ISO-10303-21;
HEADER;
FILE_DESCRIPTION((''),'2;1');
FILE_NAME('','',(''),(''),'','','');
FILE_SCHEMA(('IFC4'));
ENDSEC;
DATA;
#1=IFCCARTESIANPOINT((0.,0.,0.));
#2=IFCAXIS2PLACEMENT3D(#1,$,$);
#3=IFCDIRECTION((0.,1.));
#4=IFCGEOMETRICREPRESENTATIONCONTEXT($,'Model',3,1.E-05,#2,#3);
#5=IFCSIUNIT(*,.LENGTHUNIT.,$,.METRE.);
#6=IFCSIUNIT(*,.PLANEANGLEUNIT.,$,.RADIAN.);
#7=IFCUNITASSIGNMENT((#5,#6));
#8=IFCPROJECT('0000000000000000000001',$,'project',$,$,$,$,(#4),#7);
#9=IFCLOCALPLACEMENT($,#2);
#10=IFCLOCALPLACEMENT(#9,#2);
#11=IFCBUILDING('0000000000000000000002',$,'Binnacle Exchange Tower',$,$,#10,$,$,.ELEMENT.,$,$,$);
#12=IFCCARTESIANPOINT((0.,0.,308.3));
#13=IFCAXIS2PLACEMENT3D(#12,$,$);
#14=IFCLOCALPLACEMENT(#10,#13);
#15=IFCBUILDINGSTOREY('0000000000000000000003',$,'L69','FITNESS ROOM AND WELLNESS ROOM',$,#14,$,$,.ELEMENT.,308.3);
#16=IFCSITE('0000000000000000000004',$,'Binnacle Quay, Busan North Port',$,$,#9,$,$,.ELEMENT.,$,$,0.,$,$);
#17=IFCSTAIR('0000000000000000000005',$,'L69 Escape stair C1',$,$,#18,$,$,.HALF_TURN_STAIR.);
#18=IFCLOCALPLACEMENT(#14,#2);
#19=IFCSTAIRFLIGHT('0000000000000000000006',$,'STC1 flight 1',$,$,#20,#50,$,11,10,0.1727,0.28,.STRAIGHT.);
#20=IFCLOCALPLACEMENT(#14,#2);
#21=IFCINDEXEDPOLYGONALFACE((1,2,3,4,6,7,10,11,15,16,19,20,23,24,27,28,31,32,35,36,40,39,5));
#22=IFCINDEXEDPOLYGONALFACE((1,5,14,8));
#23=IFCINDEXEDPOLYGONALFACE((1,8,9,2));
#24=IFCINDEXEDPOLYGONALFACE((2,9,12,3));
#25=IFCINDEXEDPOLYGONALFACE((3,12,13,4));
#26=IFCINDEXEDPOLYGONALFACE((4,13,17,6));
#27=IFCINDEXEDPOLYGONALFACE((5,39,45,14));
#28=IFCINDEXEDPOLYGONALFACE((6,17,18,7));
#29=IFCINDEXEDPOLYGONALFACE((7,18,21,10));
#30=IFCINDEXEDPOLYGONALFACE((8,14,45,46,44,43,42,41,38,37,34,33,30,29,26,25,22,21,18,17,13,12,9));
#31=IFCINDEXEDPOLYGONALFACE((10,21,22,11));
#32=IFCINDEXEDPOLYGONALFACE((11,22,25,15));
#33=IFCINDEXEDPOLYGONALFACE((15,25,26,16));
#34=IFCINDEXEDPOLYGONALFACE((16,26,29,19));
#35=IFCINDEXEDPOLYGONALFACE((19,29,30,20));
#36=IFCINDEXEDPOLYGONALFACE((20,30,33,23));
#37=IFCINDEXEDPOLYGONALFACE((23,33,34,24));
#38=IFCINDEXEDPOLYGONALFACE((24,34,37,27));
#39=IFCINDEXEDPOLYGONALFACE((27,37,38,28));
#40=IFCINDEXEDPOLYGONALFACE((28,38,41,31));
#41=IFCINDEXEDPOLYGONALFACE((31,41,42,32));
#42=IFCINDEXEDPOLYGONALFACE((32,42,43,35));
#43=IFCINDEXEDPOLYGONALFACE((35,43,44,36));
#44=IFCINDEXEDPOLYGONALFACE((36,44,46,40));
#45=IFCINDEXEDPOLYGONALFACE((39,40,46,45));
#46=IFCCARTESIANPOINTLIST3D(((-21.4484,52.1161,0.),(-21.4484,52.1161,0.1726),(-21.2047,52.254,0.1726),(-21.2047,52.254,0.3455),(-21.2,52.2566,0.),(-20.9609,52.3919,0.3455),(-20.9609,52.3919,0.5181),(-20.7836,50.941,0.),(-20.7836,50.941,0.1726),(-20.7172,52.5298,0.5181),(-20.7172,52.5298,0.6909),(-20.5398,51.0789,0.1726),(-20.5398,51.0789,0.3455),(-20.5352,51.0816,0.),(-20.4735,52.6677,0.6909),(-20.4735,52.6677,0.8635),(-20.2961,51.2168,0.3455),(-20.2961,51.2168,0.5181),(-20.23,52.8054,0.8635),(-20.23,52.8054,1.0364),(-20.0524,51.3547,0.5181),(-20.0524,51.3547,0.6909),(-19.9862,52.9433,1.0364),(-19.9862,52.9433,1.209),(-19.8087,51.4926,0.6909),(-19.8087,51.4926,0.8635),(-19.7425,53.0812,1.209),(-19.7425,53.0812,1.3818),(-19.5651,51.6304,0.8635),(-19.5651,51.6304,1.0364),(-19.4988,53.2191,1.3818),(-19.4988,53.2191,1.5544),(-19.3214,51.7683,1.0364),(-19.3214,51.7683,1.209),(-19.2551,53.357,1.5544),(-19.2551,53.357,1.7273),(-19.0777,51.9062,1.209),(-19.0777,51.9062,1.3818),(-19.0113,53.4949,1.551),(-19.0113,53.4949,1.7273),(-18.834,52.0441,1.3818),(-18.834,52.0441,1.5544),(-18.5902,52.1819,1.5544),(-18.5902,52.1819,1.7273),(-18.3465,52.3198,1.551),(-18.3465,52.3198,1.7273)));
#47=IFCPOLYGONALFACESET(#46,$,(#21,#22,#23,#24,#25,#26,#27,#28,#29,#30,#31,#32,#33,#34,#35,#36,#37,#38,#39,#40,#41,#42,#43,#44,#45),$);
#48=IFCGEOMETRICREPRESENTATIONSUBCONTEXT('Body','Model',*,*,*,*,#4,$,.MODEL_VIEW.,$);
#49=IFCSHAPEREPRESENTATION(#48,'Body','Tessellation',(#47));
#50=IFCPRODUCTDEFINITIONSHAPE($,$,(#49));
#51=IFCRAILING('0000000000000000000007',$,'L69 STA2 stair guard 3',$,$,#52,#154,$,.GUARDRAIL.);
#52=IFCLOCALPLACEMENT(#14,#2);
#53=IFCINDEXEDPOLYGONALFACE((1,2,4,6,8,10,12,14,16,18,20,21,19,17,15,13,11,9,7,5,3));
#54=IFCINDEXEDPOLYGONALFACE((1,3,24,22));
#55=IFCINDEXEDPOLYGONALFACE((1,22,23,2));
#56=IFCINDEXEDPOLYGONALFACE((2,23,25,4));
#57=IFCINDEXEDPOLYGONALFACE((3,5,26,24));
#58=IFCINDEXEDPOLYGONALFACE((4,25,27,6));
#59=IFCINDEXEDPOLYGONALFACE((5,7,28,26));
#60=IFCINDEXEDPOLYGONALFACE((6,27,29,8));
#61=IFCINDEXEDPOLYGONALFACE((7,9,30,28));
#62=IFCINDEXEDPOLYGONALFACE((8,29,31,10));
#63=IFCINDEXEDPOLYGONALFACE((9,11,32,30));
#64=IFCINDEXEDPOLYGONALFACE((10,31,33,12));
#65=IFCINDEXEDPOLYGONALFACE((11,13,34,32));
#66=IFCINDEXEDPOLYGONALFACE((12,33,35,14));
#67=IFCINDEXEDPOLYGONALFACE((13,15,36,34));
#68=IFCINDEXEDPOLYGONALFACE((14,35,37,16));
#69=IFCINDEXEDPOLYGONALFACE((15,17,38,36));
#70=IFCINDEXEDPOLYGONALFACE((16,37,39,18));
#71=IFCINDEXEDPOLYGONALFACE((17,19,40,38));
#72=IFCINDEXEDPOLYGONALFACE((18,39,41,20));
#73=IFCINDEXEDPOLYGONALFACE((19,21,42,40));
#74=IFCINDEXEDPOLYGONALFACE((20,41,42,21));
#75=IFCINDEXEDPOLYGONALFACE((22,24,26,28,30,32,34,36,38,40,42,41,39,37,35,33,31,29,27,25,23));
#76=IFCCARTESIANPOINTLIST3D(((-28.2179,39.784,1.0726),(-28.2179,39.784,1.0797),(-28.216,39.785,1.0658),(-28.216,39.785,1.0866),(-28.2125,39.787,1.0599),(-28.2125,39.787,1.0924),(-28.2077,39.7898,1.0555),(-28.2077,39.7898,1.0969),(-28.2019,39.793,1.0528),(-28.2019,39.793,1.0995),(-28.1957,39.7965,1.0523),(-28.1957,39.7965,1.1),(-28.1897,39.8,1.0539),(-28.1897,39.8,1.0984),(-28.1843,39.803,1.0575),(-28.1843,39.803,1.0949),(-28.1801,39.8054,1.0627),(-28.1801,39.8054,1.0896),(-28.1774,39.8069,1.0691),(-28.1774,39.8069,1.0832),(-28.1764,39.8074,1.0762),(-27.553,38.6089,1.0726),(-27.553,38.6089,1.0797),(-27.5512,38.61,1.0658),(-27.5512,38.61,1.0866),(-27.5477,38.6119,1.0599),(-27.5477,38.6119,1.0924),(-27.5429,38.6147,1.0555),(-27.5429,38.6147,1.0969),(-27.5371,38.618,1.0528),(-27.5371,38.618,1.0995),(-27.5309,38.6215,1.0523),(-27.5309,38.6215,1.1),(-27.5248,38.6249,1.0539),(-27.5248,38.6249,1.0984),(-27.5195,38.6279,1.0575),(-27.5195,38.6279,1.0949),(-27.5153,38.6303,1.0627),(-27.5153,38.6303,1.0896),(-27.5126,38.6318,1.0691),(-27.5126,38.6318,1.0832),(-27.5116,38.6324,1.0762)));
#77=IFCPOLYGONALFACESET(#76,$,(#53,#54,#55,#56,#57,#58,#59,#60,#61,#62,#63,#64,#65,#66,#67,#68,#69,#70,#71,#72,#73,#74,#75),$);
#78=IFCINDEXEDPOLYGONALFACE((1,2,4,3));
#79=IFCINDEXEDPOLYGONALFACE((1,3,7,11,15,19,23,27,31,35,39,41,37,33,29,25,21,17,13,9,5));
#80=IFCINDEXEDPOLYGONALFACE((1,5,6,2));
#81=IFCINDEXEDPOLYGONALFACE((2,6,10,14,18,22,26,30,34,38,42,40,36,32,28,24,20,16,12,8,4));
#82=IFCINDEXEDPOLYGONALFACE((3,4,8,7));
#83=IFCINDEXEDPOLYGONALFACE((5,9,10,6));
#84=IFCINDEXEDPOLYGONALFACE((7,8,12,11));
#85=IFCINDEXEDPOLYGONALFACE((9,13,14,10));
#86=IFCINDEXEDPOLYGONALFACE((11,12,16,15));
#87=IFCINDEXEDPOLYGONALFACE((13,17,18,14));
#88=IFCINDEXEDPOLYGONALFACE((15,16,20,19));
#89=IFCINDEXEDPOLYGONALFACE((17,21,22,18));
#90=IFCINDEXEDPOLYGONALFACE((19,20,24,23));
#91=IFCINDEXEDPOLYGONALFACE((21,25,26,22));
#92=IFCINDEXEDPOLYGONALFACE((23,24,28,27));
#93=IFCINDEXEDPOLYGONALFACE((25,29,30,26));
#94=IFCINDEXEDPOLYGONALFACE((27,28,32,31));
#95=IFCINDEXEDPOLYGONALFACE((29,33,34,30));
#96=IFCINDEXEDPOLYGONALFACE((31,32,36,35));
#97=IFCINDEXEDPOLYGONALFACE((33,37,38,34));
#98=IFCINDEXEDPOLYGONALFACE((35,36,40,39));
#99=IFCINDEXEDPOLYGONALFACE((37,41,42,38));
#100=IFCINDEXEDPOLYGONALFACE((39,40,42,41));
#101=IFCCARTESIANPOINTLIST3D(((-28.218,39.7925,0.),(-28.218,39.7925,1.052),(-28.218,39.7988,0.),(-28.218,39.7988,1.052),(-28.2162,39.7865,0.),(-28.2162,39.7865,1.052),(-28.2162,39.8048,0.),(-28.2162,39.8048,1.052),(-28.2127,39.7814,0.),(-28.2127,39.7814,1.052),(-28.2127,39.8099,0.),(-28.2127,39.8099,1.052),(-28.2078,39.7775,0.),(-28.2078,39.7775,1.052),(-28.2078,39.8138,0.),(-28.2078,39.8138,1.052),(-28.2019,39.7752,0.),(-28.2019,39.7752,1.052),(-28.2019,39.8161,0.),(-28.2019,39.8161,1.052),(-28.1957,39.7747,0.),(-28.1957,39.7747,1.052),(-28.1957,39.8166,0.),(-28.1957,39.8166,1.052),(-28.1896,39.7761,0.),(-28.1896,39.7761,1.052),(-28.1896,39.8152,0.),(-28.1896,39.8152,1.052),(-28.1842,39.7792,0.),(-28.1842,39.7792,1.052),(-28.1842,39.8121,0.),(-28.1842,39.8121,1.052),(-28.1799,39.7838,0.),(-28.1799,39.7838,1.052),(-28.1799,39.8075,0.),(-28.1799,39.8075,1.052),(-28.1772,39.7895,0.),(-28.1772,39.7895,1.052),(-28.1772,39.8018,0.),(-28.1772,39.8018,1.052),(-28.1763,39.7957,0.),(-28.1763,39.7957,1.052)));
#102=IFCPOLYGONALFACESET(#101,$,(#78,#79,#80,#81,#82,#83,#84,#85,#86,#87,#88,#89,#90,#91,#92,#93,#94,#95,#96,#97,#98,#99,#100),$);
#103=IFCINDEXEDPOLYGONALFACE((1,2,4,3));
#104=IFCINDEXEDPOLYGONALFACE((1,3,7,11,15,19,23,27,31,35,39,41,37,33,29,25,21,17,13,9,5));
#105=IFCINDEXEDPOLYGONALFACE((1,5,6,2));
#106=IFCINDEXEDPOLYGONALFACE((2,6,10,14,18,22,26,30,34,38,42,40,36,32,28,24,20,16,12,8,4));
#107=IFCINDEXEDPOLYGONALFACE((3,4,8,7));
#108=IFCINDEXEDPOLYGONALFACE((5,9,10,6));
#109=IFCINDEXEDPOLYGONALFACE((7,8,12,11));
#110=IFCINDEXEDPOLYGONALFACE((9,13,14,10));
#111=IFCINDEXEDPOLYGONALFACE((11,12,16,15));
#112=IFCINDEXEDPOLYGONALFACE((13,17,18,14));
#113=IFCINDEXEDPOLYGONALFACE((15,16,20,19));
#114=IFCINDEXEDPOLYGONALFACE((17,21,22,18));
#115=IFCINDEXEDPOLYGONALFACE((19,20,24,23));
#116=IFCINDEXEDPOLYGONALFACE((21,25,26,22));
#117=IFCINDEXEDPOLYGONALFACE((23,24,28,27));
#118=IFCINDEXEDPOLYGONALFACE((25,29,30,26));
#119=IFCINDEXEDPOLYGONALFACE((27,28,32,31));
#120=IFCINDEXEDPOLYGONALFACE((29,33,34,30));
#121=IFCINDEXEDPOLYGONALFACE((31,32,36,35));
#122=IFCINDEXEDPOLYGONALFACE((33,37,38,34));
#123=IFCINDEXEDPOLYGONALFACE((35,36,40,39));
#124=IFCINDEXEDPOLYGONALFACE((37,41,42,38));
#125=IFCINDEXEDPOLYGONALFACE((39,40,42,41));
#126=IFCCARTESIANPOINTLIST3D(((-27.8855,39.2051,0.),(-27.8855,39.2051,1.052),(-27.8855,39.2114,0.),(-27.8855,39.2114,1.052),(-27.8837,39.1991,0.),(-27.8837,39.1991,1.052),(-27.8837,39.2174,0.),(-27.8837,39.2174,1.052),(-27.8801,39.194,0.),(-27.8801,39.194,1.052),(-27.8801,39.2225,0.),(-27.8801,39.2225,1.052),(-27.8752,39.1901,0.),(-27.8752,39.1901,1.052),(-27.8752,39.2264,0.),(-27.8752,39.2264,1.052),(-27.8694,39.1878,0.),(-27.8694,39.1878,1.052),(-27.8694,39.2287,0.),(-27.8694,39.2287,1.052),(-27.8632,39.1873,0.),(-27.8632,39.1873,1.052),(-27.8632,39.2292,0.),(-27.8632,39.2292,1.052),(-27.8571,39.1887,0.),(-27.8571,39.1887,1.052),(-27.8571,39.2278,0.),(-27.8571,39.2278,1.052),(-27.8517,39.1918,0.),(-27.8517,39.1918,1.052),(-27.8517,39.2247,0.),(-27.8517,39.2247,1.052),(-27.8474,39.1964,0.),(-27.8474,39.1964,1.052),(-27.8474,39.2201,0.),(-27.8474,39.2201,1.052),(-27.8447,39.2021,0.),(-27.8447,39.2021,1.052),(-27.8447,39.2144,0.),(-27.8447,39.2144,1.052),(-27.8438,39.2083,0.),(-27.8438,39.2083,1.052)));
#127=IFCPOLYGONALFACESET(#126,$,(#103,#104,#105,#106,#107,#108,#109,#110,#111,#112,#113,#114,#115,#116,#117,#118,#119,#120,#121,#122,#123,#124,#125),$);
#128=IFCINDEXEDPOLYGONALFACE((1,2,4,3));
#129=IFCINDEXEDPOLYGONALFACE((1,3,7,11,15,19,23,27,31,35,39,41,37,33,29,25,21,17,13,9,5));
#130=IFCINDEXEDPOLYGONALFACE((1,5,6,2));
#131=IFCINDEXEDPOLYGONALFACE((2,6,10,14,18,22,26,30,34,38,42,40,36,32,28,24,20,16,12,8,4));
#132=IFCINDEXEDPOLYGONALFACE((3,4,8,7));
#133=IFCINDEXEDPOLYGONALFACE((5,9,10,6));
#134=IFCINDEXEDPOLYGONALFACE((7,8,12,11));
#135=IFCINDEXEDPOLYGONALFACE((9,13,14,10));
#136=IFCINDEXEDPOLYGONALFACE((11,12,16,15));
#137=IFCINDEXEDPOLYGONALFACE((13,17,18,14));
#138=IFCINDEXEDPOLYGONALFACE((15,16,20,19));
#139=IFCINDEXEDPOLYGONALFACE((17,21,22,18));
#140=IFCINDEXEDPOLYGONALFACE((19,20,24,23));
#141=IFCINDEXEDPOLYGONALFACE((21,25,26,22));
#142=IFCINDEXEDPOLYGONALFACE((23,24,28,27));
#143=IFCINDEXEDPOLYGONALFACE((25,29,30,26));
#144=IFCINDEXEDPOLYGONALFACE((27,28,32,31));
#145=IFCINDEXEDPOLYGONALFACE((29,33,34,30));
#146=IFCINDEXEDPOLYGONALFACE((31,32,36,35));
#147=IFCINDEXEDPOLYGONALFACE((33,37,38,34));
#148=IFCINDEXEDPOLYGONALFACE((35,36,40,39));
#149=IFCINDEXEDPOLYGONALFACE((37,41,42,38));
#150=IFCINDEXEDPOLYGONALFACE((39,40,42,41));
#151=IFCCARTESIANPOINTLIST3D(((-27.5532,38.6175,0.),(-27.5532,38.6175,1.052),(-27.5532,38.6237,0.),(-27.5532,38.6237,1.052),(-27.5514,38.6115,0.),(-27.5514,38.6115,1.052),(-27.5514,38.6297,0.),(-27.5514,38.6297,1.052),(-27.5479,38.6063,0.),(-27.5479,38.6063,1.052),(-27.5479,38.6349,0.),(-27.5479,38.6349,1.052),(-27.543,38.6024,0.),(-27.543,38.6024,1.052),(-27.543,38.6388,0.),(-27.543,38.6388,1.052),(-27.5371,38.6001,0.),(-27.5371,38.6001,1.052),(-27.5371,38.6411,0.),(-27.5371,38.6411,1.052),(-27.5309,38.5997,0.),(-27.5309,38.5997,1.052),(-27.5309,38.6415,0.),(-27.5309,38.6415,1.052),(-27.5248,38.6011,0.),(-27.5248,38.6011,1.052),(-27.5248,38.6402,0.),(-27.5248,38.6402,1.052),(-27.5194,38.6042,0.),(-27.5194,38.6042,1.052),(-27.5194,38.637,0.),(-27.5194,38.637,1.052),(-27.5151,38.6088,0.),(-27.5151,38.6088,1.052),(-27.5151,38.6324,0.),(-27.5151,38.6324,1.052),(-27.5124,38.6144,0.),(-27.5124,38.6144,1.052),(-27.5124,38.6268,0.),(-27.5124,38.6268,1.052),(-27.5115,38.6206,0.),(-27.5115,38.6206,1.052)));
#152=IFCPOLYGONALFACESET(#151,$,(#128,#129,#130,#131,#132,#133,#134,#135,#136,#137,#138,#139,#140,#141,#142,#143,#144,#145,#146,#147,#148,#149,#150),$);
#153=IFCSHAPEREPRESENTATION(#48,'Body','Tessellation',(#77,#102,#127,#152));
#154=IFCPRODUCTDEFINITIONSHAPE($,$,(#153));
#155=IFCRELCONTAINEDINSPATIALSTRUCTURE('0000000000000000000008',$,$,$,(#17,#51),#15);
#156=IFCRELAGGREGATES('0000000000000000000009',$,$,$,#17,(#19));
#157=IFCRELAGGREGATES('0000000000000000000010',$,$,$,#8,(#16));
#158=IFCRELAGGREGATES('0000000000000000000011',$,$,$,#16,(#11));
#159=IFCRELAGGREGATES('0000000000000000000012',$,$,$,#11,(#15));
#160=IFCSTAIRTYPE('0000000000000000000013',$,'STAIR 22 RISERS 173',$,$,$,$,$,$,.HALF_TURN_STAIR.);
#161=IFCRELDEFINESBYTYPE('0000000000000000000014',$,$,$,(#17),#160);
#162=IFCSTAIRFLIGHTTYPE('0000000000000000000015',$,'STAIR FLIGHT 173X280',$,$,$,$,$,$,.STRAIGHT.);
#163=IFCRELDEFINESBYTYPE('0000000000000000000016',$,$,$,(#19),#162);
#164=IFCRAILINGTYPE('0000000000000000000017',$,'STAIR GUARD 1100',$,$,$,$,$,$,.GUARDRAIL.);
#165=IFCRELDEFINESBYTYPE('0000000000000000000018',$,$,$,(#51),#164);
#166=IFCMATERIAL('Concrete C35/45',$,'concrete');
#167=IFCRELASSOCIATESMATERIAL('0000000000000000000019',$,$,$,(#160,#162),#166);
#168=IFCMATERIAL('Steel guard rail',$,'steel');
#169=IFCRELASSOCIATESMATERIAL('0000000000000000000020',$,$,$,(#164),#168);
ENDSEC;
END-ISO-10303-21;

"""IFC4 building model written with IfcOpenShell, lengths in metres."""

from ifc_helpers import new_model, si_unit, direction, frame, origin, origin_2d, place, context, subcontext, project, spatial, polyline, circle, outline, extrude, material, type_object, element, aggregate, save


model = new_model("IFC4")

# Units and contexts
model_context = context("Model", 3, precision=1e-05, world=origin(), true_north=direction((0.0, 1.0)))
body_context = subcontext(model_context, "Body", "Model", "MODEL_VIEW")
ifc_project = project(units=[si_unit("LENGTHUNIT", "METRE"), si_unit("PLANEANGLEUNIT", "RADIAN")], contexts=[model_context])

# Site, building, storey
site_placement = place(None, origin())
site = spatial("IfcSite", under=ifc_project, at=site_placement, Name="Binnacle Quay, Busan North Port", CompositionType="ELEMENT", RefElevation=0.0)
building_placement = place(site_placement, origin())
building = spatial("IfcBuilding", under=site, at=building_placement, Name="Binnacle Exchange Tower", CompositionType="ELEMENT")
storey_placement = place(building_placement, frame((0.0, 0.0, 308.3)))
storey = spatial("IfcBuildingStorey", under=building, at=storey_placement, Name="L69", Description="FITNESS ROOM AND WELLNESS ROOM", CompositionType="ELEMENT", Elevation=308.3)

# Stair, stair flight
ifc_material_1 = material(Name="Concrete C35/45", Category="concrete")
stair_type = type_object("IfcStairType", Name="STAIR 22 RISERS 173", PredefinedType="HALF_TURN_STAIR", material=ifc_material_1)
stair_flight_type = type_object("IfcStairFlightType", Name="STAIR FLIGHT 173X280", PredefinedType="STRAIGHT", material=ifc_material_1)
stair_1_placement = place(storey_placement, origin())
stair_1 = element("IfcStair", 1, at=stair_1_placement, inside=storey, type_object=stair_type, Name="L69 Escape stair C1", PredefinedType="HALF_TURN_STAIR")
stair_flight_1_placement = place(storey_placement, frame((-21.116, 51.5286, 0.0), z_axis=(0.0, 0.0, 1.0), x_axis=(0.870356, 0.492424, 0.0)))
stair_flight_1 = element("IfcStairFlight", 2, at=stair_flight_1_placement, type_object=stair_flight_type, Name="STC1 flight 1", NumberOfRisers=11, NumberOfTreads=10, PredefinedType="STRAIGHT", RiserHeight=0.1727, TreadLength=0.28, context=body_context, shape_type="SweptSolid", body=[
    extrude(outline(polyline([(0.0, 0.0), (0.0, 0.1726), (0.28, 0.1726), (0.28, 0.3455), (0.5601, 0.3455), (0.5601, 0.5181), (0.8401, 0.5181), (0.8401, 0.6909), (1.1201, 0.6909), (1.1201, 0.8635), (1.3999, 0.8635), (1.3999, 1.0364), (1.6799, 1.0364), (1.6799, 1.209), (1.96, 1.209), (1.96, 1.3818), (2.24, 1.3818), (2.24, 1.5544), (2.52, 1.5544), (2.52, 1.7273), (2.8, 1.7273), (2.8, 1.8999), (2.8, 1.551), (0.2854, 0.0), (0.0, 0.0)])), frame((0.0, 0.675, 0.0), z_axis=(0.0, -1.0, 0.0), x_axis=(1.0, 0.0, 0.0)), (0.0, 0.0, 1.0), 1.3501),
])
aggregate(stair_1, [stair_flight_1])

# Railing
ifc_material_2 = material(Name="Steel guard rail", Category="steel")
railing_type_1 = type_object("IfcRailingType", Name="STAIR GUARD 1100", PredefinedType="GUARDRAIL", material=ifc_material_2)
railing_1_placement = place(storey_placement, frame((-28.1973, 39.7957, 0.0)))
element("IfcRailing", 3, at=railing_1_placement, inside=storey, type_object=railing_type_1, Name="L69 STA2 stair guard 3", PredefinedType="GUARDRAIL", context=body_context, shape_type="SweptSolid", body=[
    extrude(circle(Radius=0.0239, at=origin_2d()), frame((0.0, 0.0, 1.0762), z_axis=(0.492415, -0.870361, 0.0), x_axis=(0.870361, 0.492415, 0.0)), (0.0, 0.0, 1.0), 1.3501),
    extrude(circle(Radius=0.021, at=origin_2d()), origin(), (0.0, 0.0, 1.0), 1.052),
    extrude(circle(Radius=0.021, at=origin_2d()), frame((0.3325, -0.5874, 0.0)), (0.0, 0.0, 1.0), 1.052),
    extrude(circle(Radius=0.021, at=origin_2d()), frame((0.6648, -1.175, 0.0)), (0.0, 0.0, 1.0), 1.052),
])

save(model, "model.ifc")
